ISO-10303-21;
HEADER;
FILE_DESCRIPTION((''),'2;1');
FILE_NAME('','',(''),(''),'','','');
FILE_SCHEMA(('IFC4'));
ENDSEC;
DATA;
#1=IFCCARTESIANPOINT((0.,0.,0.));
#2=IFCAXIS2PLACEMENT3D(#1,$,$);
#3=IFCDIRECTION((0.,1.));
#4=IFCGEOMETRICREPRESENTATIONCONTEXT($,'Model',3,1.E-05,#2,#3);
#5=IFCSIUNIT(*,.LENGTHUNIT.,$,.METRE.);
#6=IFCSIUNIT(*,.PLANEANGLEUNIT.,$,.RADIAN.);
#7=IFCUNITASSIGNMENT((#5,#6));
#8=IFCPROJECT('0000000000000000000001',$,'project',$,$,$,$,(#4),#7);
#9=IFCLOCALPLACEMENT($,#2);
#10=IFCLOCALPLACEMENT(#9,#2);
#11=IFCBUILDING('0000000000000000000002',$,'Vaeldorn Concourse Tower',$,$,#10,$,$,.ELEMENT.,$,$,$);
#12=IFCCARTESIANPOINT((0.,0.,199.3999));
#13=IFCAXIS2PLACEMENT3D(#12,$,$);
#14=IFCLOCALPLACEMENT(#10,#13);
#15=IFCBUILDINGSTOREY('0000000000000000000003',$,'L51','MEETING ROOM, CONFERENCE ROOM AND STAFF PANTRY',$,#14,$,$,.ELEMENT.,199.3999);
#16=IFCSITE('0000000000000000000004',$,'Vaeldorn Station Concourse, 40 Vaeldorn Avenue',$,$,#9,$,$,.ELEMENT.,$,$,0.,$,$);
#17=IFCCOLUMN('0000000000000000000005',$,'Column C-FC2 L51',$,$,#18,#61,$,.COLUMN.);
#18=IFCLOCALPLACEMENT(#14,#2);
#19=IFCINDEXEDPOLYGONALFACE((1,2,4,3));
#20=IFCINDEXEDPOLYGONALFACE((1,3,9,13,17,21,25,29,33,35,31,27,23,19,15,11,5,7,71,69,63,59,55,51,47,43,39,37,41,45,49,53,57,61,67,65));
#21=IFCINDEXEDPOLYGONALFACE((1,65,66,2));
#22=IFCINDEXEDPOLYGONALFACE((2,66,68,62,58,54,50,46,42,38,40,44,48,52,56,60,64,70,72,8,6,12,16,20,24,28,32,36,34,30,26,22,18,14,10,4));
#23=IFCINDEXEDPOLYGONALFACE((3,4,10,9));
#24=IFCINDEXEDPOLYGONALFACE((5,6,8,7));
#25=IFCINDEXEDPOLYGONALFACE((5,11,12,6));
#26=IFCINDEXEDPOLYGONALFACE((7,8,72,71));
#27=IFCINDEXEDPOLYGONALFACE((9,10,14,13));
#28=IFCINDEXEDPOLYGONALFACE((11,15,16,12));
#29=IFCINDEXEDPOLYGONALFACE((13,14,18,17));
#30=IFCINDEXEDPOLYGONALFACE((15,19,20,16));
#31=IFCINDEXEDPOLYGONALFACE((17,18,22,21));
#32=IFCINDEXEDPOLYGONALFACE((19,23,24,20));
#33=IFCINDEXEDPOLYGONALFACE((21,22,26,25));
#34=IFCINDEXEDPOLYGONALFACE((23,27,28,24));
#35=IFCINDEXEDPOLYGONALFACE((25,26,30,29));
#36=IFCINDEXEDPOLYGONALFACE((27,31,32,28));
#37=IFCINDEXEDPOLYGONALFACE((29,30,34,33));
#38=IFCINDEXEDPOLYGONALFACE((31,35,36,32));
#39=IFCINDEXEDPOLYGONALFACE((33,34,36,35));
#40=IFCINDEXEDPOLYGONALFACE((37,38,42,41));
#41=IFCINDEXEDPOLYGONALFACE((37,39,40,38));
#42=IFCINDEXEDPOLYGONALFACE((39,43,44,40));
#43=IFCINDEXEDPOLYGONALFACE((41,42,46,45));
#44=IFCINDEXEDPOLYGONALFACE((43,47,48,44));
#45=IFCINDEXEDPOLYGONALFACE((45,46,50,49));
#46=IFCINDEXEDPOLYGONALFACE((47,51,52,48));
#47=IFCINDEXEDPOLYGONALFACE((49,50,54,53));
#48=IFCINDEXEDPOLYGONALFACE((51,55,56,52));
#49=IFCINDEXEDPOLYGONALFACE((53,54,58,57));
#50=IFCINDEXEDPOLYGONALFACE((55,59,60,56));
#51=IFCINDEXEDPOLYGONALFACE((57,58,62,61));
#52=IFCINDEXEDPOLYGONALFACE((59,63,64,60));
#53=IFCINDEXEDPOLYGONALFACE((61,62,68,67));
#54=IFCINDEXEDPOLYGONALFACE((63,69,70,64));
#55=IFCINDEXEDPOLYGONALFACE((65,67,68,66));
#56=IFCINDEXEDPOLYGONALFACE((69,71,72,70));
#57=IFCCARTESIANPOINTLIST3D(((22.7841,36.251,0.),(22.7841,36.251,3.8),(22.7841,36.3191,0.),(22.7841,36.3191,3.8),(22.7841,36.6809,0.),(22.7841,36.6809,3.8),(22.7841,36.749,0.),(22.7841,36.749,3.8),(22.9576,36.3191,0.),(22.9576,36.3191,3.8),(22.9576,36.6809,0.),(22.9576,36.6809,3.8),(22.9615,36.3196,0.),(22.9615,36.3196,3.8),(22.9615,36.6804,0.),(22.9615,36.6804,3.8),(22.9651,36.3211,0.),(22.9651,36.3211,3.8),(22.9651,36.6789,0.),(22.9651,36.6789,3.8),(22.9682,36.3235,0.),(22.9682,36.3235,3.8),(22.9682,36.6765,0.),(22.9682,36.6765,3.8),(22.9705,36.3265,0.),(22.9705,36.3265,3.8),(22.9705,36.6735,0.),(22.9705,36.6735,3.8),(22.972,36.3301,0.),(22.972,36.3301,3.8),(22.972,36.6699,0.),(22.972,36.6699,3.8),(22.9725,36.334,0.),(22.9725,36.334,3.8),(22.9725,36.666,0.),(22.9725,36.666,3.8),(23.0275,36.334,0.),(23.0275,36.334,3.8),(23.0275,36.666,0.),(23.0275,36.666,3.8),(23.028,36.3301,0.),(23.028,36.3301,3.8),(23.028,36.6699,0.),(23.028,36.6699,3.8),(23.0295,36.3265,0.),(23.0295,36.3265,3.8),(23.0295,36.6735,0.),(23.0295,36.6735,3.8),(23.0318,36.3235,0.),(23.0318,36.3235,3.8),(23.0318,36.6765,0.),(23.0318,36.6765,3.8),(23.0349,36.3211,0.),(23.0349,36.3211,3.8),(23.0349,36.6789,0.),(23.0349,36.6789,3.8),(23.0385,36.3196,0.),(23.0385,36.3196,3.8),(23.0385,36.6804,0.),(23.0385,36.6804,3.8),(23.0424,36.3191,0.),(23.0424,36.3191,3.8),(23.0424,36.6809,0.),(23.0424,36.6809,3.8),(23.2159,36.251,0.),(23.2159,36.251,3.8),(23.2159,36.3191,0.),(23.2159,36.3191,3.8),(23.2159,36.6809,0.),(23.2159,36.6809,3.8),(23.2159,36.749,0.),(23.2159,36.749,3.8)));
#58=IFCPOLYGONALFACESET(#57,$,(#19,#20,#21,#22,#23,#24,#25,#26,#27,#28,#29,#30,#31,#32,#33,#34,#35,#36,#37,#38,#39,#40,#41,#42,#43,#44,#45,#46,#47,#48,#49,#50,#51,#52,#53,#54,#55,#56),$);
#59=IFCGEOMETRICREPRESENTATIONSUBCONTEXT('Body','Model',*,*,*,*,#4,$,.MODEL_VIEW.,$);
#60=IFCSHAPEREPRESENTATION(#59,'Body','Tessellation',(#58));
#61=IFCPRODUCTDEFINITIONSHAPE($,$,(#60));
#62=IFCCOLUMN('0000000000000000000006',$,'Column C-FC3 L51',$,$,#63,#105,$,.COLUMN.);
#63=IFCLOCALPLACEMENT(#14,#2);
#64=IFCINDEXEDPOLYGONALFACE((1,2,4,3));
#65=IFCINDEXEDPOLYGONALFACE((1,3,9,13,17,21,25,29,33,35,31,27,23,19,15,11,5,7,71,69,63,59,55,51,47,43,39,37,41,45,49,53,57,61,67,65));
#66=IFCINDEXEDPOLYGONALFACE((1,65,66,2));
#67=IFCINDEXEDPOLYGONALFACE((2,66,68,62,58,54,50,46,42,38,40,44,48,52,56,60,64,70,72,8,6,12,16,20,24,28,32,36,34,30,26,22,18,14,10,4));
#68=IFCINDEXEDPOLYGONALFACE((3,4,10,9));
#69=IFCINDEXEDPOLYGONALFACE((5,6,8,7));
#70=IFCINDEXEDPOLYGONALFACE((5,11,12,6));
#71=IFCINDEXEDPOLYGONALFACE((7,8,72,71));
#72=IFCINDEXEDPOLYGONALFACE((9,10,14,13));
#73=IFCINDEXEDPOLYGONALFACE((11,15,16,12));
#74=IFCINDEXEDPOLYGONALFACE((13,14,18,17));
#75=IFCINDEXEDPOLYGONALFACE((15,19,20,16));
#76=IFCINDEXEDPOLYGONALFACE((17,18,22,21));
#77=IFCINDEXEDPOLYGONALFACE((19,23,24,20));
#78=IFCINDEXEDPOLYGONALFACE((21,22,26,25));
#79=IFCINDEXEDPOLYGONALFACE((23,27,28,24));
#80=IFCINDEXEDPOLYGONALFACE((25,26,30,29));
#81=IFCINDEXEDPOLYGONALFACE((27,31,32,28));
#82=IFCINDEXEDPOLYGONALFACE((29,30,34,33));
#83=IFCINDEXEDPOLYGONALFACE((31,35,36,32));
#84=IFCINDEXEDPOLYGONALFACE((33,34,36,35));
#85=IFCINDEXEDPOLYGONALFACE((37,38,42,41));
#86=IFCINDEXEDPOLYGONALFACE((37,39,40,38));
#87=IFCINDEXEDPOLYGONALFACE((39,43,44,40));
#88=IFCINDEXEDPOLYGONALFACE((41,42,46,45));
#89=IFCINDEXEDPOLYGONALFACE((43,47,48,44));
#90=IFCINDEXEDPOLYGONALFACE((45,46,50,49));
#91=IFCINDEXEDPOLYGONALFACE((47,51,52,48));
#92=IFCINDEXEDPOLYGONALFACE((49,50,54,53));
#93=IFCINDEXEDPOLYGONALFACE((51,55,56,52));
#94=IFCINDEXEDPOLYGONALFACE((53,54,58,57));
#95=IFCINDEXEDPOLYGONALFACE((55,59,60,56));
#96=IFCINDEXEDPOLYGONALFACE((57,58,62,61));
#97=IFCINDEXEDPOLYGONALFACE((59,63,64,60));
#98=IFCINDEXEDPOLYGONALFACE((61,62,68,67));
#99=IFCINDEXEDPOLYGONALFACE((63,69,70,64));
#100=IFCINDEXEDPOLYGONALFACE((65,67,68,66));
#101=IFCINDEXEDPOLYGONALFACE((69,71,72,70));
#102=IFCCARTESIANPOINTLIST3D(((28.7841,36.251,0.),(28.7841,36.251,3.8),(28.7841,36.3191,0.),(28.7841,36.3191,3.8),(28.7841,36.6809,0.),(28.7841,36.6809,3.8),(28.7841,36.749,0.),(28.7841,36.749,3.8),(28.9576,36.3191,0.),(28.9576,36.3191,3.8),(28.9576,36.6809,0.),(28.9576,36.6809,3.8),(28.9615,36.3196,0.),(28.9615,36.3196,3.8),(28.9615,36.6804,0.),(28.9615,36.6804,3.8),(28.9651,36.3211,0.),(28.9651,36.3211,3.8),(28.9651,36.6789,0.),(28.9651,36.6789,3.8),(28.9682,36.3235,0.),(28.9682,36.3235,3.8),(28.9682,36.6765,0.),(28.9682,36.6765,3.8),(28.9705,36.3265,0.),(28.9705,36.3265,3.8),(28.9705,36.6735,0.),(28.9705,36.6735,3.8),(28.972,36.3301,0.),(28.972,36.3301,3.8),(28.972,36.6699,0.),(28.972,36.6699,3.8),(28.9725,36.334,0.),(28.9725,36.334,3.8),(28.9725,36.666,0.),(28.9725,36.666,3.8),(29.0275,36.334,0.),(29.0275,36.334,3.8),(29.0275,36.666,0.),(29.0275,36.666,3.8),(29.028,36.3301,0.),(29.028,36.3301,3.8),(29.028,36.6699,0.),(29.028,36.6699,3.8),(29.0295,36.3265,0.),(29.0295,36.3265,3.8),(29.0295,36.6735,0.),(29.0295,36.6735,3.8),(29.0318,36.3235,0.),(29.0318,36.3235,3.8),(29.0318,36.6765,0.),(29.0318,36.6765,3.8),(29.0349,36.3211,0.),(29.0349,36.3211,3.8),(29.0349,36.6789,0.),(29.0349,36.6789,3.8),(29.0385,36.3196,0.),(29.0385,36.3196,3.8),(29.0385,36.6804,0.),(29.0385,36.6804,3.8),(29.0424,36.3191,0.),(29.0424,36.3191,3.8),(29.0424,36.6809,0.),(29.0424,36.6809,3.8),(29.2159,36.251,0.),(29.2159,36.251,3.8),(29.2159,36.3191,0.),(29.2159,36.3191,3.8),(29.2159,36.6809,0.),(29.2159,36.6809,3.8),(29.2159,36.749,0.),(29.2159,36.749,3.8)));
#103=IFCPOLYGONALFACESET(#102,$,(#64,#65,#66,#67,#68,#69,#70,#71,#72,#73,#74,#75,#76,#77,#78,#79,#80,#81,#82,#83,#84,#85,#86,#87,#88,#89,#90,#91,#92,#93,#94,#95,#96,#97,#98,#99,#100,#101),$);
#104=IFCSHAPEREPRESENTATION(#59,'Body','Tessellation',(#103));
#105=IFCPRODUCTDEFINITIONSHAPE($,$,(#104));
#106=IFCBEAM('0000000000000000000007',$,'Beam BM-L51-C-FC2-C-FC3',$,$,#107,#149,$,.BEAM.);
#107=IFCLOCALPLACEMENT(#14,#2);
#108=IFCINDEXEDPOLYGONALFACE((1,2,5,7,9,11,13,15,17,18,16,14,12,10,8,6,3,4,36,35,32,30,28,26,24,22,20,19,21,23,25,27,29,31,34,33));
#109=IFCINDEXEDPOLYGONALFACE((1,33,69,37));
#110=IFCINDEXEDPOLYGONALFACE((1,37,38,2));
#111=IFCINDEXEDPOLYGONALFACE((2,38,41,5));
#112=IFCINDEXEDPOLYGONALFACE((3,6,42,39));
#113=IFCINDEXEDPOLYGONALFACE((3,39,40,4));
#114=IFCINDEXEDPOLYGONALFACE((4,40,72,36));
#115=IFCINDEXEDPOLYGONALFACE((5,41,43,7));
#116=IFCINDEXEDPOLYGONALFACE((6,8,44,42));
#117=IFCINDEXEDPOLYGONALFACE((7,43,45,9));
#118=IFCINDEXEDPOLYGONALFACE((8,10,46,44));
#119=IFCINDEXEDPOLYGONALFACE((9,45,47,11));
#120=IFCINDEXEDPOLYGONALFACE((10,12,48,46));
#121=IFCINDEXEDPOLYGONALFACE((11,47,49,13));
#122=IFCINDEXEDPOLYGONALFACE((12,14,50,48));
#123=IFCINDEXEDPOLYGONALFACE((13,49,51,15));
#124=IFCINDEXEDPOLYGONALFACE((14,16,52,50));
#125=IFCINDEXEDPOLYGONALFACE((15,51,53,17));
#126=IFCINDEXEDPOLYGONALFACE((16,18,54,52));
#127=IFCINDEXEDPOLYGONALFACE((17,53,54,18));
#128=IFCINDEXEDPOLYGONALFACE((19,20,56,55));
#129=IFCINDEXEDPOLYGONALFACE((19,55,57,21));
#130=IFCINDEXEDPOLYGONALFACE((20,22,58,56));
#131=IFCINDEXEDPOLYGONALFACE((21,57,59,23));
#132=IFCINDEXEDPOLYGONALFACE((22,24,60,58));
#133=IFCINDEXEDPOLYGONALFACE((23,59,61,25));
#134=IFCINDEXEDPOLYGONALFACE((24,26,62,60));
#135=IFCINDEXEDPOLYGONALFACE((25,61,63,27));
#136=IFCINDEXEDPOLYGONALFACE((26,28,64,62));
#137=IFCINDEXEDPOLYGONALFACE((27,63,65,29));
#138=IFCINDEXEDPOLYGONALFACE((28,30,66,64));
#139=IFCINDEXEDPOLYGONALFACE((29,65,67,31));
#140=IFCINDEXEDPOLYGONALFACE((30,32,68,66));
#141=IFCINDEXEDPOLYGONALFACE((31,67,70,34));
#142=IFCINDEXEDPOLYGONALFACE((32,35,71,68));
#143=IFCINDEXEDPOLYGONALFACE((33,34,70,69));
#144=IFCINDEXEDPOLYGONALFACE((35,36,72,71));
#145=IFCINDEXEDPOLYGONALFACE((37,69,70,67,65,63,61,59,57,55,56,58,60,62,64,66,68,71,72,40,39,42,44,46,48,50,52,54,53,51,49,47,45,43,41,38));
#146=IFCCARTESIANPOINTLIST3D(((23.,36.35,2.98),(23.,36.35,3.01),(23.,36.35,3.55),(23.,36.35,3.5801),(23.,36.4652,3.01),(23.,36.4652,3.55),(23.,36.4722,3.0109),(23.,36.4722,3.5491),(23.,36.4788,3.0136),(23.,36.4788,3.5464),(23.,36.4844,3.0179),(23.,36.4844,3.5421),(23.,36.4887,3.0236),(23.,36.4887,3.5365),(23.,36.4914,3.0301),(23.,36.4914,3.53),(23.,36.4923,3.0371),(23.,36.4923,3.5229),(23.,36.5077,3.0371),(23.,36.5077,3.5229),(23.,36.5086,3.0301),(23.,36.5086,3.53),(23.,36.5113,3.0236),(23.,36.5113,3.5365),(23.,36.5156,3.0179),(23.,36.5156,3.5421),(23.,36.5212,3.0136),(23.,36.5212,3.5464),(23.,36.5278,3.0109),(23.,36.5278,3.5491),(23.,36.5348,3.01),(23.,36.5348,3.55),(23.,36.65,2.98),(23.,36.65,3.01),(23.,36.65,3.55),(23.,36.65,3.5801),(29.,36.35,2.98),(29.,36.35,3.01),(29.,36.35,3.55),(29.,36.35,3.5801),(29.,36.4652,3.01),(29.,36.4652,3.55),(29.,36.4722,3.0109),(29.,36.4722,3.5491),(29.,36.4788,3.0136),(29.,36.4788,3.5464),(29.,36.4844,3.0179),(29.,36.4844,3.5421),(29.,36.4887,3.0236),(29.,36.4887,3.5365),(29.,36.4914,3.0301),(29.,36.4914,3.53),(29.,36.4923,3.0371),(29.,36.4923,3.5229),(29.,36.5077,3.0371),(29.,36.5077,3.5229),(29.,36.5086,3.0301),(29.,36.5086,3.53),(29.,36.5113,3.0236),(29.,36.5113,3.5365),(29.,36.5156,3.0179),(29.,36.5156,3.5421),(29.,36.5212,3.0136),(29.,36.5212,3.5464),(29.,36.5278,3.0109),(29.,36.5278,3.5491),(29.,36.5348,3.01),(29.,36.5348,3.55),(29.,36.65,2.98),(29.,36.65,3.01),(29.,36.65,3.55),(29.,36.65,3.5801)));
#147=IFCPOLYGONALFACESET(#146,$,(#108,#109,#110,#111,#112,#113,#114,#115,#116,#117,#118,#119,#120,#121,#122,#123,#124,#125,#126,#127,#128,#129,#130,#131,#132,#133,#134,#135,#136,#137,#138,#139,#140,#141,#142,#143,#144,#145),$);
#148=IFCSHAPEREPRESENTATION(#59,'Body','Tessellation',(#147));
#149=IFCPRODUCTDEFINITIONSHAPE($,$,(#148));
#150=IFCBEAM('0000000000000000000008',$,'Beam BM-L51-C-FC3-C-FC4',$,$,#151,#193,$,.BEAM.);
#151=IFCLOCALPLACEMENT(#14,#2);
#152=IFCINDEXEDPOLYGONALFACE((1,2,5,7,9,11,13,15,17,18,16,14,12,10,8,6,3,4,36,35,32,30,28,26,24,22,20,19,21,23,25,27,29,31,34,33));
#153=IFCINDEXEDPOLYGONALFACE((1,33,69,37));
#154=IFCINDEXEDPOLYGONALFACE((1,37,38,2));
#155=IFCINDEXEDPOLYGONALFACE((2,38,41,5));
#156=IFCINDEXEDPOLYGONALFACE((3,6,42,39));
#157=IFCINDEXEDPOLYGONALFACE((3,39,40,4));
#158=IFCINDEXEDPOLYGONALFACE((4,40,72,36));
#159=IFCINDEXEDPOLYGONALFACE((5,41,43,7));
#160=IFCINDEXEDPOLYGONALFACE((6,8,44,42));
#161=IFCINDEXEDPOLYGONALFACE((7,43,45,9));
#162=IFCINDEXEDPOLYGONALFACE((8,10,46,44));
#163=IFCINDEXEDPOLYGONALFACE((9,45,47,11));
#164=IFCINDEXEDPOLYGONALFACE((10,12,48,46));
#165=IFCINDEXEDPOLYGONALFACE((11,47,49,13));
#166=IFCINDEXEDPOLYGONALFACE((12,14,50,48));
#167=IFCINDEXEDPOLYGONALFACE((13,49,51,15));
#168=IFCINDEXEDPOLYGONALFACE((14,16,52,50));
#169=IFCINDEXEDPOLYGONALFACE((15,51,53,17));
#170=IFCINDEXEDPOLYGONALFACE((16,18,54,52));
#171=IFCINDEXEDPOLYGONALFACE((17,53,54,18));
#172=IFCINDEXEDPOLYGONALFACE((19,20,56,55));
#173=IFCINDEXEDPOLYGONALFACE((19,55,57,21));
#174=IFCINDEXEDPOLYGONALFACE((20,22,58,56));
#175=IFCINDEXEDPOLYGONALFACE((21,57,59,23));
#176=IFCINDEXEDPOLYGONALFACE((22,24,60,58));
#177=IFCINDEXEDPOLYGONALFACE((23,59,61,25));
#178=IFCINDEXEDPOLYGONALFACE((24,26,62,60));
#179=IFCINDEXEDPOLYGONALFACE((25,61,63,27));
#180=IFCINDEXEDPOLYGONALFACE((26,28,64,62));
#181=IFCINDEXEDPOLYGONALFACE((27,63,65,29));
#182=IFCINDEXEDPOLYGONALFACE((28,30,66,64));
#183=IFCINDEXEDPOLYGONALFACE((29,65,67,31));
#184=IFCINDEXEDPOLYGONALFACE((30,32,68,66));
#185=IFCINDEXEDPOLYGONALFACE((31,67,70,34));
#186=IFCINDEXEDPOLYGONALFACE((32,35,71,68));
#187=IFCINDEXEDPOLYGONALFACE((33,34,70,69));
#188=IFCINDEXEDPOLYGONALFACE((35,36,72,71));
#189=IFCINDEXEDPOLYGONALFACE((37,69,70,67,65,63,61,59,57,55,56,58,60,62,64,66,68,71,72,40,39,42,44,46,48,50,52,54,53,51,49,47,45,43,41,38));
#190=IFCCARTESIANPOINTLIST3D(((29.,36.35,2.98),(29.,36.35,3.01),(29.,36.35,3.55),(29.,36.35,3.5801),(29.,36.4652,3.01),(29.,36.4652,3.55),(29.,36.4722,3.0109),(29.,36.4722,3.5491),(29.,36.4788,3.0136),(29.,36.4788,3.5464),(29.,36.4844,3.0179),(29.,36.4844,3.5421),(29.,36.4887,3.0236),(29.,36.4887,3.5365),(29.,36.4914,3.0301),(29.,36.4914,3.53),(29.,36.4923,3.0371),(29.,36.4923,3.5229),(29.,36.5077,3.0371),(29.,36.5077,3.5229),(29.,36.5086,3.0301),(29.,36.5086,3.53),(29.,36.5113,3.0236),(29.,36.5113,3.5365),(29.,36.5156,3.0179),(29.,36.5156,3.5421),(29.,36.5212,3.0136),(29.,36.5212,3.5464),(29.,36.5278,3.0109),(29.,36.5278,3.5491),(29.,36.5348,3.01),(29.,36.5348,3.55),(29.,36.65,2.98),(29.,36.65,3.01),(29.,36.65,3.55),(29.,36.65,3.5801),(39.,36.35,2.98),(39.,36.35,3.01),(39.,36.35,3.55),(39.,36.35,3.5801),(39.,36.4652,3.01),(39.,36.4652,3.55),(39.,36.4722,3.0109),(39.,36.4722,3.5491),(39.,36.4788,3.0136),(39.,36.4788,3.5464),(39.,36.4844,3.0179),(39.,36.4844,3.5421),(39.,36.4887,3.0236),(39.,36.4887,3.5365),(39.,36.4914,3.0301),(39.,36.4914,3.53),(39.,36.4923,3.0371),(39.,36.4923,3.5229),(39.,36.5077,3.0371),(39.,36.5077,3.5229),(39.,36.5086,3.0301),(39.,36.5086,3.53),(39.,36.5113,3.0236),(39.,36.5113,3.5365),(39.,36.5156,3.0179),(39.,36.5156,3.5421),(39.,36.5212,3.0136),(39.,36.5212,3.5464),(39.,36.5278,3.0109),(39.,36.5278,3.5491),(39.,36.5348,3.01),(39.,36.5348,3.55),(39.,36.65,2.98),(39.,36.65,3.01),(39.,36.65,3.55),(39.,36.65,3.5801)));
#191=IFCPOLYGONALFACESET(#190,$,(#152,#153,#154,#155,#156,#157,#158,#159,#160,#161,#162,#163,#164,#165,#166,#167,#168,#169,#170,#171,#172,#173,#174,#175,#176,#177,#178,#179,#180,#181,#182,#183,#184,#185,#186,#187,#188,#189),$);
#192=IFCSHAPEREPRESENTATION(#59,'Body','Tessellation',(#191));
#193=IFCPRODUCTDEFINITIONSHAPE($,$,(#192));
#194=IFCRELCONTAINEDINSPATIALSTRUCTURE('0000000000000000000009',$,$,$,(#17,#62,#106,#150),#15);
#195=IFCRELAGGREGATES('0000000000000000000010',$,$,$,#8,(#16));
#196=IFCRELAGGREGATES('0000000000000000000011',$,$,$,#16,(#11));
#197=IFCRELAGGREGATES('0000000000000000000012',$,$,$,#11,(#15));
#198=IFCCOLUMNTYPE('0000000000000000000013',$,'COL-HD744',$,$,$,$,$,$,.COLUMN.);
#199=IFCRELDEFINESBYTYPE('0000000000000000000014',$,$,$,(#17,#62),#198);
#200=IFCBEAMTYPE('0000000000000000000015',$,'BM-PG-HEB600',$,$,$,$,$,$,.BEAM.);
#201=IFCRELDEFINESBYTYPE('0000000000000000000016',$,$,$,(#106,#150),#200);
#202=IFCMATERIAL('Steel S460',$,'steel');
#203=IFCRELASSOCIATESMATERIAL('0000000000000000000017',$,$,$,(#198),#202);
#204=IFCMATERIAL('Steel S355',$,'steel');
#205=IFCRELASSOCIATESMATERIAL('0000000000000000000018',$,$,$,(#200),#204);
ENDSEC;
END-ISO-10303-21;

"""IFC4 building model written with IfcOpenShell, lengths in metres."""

from ifc_helpers import new_model, si_unit, direction, frame, origin, origin_2d, place, context, subcontext, project, spatial, i_section, extrude, source, transform, mapped, material, material_profile, profile_set, type_object, element, save


model = new_model("IFC4")

# Units and contexts
model_context = context("Model", 3, precision=1e-05, world=origin(), true_north=direction((0.0, 1.0)))
body_context = subcontext(model_context, "Body", "Model", "MODEL_VIEW")
ifc_project = project(units=[si_unit("LENGTHUNIT", "METRE"), si_unit("PLANEANGLEUNIT", "RADIAN")], contexts=[model_context])

# Site, building, storey
site_placement = place(None, origin())
site = spatial("IfcSite", under=ifc_project, at=site_placement, Name="Vaeldorn Station Concourse, 40 Vaeldorn Avenue", CompositionType="ELEMENT", RefElevation=0.0)
building_placement = place(site_placement, origin())
building = spatial("IfcBuilding", under=site, at=building_placement, Name="Vaeldorn Concourse Tower", CompositionType="ELEMENT")
storey_placement = place(building_placement, frame((0.0, 0.0, 199.3999)))
storey = spatial("IfcBuildingStorey", under=building, at=storey_placement, Name="L51", Description="MEETING ROOM, CONFERENCE ROOM AND STAFF PANTRY", CompositionType="ELEMENT", Elevation=199.3999)

# Columns
ifc_material_1 = material(Name="Steel S460", Category="steel")
ifc_material_profile_1 = material_profile(ifc_material_1, i_section(OverallWidth=0.4319, OverallDepth=0.498, WebThickness=0.0549, FlangeThickness=0.0681, FilletRadius=0.0149, at=origin_2d()), Name="HD 400x744")
ifc_profile_set_1 = profile_set([ifc_material_profile_1], Name="Steel S460")
column_type = type_object("IfcColumnType", Name="COL-HD744", PredefinedType="COLUMN", material=ifc_profile_set_1)
shared_shape_1 = source(origin(), body_context, "Body", "SweptSolid", [
    extrude(i_section(OverallWidth=0.4319, OverallDepth=0.498, WebThickness=0.0549, FlangeThickness=0.0681, FilletRadius=0.0149, at=origin_2d()), origin(), (0.0, 0.0, 1.0), 3.8),
])
for number, where, z_axis, x_axis, name in (
    (1, (23.0, 36.5, 0.0), (0.0, 0.0, 1.0), (1.0, 0.0, 0.0), "Column C-FC2 L51"),
    (2, (29.0, 36.5, 0.0), (0.0, 0.0, 1.0), (1.0, 0.0, 0.0), "Column C-FC3 L51"),
):
    element("IfcColumn", number, at=place(storey_placement, frame(where, z_axis=z_axis, x_axis=x_axis)), inside=storey, type_object=column_type, Name=name, PredefinedType="COLUMN", context=body_context, shape_type="MappedRepresentation", body=[
        mapped(shared_shape_1, transform((0.0, 0.0, 0.0), scale=1.0)),
    ])

# Beams
ifc_material_2 = material(Name="Steel S355", Category="steel")
ifc_material_profile_2 = material_profile(ifc_material_2, i_section(OverallWidth=0.3, OverallDepth=0.6001, WebThickness=0.0154, FlangeThickness=0.03, FilletRadius=0.0271, at=origin_2d()), Name="HEB 600")
ifc_profile_set_2 = profile_set([ifc_material_profile_2], Name="Steel S355")
beam_type_1 = type_object("IfcBeamType", Name="BM-PG-HEB600", PredefinedType="BEAM", material=ifc_profile_set_2)
shared_shape_2 = source(origin(), body_context, "Body", "SweptSolid", [
    extrude(i_section(OverallWidth=0.3, OverallDepth=0.6001, WebThickness=0.0154, FlangeThickness=0.03, FilletRadius=0.0271, at=origin_2d()), origin(), (0.0, 0.0, 1.0), 6.0),
])
beam_1_placement = place(storey_placement, frame((23.0, 36.5, 3.28), z_axis=(1.0, 0.0, 0.0), x_axis=(0.0, 1.0, 0.0)))
element("IfcBeam", 3, at=beam_1_placement, inside=storey, type_object=beam_type_1, Name="Beam BM-L51-C-FC2-C-FC3", PredefinedType="BEAM", context=body_context, shape_type="MappedRepresentation", body=[
    mapped(shared_shape_2, transform((0.0, 0.0, 0.0), scale=1.0)),
])
shared_shape_3 = source(origin(), body_context, "Body", "SweptSolid", [
    extrude(i_section(OverallWidth=0.3, OverallDepth=0.6001, WebThickness=0.0154, FlangeThickness=0.03, FilletRadius=0.0271, at=origin_2d()), origin(), (0.0, 0.0, 1.0), 10.0),
])
beam_2_placement = place(storey_placement, frame((29.0, 36.5, 3.28), z_axis=(1.0, 0.0, 0.0), x_axis=(0.0, 1.0, 0.0)))
element("IfcBeam", 4, at=beam_2_placement, inside=storey, type_object=beam_type_1, Name="Beam BM-L51-C-FC3-C-FC4", PredefinedType="BEAM", context=body_context, shape_type="MappedRepresentation", body=[
    mapped(shared_shape_3, transform((0.0, 0.0, 0.0), scale=1.0)),
])

save(model, "model.ifc")
